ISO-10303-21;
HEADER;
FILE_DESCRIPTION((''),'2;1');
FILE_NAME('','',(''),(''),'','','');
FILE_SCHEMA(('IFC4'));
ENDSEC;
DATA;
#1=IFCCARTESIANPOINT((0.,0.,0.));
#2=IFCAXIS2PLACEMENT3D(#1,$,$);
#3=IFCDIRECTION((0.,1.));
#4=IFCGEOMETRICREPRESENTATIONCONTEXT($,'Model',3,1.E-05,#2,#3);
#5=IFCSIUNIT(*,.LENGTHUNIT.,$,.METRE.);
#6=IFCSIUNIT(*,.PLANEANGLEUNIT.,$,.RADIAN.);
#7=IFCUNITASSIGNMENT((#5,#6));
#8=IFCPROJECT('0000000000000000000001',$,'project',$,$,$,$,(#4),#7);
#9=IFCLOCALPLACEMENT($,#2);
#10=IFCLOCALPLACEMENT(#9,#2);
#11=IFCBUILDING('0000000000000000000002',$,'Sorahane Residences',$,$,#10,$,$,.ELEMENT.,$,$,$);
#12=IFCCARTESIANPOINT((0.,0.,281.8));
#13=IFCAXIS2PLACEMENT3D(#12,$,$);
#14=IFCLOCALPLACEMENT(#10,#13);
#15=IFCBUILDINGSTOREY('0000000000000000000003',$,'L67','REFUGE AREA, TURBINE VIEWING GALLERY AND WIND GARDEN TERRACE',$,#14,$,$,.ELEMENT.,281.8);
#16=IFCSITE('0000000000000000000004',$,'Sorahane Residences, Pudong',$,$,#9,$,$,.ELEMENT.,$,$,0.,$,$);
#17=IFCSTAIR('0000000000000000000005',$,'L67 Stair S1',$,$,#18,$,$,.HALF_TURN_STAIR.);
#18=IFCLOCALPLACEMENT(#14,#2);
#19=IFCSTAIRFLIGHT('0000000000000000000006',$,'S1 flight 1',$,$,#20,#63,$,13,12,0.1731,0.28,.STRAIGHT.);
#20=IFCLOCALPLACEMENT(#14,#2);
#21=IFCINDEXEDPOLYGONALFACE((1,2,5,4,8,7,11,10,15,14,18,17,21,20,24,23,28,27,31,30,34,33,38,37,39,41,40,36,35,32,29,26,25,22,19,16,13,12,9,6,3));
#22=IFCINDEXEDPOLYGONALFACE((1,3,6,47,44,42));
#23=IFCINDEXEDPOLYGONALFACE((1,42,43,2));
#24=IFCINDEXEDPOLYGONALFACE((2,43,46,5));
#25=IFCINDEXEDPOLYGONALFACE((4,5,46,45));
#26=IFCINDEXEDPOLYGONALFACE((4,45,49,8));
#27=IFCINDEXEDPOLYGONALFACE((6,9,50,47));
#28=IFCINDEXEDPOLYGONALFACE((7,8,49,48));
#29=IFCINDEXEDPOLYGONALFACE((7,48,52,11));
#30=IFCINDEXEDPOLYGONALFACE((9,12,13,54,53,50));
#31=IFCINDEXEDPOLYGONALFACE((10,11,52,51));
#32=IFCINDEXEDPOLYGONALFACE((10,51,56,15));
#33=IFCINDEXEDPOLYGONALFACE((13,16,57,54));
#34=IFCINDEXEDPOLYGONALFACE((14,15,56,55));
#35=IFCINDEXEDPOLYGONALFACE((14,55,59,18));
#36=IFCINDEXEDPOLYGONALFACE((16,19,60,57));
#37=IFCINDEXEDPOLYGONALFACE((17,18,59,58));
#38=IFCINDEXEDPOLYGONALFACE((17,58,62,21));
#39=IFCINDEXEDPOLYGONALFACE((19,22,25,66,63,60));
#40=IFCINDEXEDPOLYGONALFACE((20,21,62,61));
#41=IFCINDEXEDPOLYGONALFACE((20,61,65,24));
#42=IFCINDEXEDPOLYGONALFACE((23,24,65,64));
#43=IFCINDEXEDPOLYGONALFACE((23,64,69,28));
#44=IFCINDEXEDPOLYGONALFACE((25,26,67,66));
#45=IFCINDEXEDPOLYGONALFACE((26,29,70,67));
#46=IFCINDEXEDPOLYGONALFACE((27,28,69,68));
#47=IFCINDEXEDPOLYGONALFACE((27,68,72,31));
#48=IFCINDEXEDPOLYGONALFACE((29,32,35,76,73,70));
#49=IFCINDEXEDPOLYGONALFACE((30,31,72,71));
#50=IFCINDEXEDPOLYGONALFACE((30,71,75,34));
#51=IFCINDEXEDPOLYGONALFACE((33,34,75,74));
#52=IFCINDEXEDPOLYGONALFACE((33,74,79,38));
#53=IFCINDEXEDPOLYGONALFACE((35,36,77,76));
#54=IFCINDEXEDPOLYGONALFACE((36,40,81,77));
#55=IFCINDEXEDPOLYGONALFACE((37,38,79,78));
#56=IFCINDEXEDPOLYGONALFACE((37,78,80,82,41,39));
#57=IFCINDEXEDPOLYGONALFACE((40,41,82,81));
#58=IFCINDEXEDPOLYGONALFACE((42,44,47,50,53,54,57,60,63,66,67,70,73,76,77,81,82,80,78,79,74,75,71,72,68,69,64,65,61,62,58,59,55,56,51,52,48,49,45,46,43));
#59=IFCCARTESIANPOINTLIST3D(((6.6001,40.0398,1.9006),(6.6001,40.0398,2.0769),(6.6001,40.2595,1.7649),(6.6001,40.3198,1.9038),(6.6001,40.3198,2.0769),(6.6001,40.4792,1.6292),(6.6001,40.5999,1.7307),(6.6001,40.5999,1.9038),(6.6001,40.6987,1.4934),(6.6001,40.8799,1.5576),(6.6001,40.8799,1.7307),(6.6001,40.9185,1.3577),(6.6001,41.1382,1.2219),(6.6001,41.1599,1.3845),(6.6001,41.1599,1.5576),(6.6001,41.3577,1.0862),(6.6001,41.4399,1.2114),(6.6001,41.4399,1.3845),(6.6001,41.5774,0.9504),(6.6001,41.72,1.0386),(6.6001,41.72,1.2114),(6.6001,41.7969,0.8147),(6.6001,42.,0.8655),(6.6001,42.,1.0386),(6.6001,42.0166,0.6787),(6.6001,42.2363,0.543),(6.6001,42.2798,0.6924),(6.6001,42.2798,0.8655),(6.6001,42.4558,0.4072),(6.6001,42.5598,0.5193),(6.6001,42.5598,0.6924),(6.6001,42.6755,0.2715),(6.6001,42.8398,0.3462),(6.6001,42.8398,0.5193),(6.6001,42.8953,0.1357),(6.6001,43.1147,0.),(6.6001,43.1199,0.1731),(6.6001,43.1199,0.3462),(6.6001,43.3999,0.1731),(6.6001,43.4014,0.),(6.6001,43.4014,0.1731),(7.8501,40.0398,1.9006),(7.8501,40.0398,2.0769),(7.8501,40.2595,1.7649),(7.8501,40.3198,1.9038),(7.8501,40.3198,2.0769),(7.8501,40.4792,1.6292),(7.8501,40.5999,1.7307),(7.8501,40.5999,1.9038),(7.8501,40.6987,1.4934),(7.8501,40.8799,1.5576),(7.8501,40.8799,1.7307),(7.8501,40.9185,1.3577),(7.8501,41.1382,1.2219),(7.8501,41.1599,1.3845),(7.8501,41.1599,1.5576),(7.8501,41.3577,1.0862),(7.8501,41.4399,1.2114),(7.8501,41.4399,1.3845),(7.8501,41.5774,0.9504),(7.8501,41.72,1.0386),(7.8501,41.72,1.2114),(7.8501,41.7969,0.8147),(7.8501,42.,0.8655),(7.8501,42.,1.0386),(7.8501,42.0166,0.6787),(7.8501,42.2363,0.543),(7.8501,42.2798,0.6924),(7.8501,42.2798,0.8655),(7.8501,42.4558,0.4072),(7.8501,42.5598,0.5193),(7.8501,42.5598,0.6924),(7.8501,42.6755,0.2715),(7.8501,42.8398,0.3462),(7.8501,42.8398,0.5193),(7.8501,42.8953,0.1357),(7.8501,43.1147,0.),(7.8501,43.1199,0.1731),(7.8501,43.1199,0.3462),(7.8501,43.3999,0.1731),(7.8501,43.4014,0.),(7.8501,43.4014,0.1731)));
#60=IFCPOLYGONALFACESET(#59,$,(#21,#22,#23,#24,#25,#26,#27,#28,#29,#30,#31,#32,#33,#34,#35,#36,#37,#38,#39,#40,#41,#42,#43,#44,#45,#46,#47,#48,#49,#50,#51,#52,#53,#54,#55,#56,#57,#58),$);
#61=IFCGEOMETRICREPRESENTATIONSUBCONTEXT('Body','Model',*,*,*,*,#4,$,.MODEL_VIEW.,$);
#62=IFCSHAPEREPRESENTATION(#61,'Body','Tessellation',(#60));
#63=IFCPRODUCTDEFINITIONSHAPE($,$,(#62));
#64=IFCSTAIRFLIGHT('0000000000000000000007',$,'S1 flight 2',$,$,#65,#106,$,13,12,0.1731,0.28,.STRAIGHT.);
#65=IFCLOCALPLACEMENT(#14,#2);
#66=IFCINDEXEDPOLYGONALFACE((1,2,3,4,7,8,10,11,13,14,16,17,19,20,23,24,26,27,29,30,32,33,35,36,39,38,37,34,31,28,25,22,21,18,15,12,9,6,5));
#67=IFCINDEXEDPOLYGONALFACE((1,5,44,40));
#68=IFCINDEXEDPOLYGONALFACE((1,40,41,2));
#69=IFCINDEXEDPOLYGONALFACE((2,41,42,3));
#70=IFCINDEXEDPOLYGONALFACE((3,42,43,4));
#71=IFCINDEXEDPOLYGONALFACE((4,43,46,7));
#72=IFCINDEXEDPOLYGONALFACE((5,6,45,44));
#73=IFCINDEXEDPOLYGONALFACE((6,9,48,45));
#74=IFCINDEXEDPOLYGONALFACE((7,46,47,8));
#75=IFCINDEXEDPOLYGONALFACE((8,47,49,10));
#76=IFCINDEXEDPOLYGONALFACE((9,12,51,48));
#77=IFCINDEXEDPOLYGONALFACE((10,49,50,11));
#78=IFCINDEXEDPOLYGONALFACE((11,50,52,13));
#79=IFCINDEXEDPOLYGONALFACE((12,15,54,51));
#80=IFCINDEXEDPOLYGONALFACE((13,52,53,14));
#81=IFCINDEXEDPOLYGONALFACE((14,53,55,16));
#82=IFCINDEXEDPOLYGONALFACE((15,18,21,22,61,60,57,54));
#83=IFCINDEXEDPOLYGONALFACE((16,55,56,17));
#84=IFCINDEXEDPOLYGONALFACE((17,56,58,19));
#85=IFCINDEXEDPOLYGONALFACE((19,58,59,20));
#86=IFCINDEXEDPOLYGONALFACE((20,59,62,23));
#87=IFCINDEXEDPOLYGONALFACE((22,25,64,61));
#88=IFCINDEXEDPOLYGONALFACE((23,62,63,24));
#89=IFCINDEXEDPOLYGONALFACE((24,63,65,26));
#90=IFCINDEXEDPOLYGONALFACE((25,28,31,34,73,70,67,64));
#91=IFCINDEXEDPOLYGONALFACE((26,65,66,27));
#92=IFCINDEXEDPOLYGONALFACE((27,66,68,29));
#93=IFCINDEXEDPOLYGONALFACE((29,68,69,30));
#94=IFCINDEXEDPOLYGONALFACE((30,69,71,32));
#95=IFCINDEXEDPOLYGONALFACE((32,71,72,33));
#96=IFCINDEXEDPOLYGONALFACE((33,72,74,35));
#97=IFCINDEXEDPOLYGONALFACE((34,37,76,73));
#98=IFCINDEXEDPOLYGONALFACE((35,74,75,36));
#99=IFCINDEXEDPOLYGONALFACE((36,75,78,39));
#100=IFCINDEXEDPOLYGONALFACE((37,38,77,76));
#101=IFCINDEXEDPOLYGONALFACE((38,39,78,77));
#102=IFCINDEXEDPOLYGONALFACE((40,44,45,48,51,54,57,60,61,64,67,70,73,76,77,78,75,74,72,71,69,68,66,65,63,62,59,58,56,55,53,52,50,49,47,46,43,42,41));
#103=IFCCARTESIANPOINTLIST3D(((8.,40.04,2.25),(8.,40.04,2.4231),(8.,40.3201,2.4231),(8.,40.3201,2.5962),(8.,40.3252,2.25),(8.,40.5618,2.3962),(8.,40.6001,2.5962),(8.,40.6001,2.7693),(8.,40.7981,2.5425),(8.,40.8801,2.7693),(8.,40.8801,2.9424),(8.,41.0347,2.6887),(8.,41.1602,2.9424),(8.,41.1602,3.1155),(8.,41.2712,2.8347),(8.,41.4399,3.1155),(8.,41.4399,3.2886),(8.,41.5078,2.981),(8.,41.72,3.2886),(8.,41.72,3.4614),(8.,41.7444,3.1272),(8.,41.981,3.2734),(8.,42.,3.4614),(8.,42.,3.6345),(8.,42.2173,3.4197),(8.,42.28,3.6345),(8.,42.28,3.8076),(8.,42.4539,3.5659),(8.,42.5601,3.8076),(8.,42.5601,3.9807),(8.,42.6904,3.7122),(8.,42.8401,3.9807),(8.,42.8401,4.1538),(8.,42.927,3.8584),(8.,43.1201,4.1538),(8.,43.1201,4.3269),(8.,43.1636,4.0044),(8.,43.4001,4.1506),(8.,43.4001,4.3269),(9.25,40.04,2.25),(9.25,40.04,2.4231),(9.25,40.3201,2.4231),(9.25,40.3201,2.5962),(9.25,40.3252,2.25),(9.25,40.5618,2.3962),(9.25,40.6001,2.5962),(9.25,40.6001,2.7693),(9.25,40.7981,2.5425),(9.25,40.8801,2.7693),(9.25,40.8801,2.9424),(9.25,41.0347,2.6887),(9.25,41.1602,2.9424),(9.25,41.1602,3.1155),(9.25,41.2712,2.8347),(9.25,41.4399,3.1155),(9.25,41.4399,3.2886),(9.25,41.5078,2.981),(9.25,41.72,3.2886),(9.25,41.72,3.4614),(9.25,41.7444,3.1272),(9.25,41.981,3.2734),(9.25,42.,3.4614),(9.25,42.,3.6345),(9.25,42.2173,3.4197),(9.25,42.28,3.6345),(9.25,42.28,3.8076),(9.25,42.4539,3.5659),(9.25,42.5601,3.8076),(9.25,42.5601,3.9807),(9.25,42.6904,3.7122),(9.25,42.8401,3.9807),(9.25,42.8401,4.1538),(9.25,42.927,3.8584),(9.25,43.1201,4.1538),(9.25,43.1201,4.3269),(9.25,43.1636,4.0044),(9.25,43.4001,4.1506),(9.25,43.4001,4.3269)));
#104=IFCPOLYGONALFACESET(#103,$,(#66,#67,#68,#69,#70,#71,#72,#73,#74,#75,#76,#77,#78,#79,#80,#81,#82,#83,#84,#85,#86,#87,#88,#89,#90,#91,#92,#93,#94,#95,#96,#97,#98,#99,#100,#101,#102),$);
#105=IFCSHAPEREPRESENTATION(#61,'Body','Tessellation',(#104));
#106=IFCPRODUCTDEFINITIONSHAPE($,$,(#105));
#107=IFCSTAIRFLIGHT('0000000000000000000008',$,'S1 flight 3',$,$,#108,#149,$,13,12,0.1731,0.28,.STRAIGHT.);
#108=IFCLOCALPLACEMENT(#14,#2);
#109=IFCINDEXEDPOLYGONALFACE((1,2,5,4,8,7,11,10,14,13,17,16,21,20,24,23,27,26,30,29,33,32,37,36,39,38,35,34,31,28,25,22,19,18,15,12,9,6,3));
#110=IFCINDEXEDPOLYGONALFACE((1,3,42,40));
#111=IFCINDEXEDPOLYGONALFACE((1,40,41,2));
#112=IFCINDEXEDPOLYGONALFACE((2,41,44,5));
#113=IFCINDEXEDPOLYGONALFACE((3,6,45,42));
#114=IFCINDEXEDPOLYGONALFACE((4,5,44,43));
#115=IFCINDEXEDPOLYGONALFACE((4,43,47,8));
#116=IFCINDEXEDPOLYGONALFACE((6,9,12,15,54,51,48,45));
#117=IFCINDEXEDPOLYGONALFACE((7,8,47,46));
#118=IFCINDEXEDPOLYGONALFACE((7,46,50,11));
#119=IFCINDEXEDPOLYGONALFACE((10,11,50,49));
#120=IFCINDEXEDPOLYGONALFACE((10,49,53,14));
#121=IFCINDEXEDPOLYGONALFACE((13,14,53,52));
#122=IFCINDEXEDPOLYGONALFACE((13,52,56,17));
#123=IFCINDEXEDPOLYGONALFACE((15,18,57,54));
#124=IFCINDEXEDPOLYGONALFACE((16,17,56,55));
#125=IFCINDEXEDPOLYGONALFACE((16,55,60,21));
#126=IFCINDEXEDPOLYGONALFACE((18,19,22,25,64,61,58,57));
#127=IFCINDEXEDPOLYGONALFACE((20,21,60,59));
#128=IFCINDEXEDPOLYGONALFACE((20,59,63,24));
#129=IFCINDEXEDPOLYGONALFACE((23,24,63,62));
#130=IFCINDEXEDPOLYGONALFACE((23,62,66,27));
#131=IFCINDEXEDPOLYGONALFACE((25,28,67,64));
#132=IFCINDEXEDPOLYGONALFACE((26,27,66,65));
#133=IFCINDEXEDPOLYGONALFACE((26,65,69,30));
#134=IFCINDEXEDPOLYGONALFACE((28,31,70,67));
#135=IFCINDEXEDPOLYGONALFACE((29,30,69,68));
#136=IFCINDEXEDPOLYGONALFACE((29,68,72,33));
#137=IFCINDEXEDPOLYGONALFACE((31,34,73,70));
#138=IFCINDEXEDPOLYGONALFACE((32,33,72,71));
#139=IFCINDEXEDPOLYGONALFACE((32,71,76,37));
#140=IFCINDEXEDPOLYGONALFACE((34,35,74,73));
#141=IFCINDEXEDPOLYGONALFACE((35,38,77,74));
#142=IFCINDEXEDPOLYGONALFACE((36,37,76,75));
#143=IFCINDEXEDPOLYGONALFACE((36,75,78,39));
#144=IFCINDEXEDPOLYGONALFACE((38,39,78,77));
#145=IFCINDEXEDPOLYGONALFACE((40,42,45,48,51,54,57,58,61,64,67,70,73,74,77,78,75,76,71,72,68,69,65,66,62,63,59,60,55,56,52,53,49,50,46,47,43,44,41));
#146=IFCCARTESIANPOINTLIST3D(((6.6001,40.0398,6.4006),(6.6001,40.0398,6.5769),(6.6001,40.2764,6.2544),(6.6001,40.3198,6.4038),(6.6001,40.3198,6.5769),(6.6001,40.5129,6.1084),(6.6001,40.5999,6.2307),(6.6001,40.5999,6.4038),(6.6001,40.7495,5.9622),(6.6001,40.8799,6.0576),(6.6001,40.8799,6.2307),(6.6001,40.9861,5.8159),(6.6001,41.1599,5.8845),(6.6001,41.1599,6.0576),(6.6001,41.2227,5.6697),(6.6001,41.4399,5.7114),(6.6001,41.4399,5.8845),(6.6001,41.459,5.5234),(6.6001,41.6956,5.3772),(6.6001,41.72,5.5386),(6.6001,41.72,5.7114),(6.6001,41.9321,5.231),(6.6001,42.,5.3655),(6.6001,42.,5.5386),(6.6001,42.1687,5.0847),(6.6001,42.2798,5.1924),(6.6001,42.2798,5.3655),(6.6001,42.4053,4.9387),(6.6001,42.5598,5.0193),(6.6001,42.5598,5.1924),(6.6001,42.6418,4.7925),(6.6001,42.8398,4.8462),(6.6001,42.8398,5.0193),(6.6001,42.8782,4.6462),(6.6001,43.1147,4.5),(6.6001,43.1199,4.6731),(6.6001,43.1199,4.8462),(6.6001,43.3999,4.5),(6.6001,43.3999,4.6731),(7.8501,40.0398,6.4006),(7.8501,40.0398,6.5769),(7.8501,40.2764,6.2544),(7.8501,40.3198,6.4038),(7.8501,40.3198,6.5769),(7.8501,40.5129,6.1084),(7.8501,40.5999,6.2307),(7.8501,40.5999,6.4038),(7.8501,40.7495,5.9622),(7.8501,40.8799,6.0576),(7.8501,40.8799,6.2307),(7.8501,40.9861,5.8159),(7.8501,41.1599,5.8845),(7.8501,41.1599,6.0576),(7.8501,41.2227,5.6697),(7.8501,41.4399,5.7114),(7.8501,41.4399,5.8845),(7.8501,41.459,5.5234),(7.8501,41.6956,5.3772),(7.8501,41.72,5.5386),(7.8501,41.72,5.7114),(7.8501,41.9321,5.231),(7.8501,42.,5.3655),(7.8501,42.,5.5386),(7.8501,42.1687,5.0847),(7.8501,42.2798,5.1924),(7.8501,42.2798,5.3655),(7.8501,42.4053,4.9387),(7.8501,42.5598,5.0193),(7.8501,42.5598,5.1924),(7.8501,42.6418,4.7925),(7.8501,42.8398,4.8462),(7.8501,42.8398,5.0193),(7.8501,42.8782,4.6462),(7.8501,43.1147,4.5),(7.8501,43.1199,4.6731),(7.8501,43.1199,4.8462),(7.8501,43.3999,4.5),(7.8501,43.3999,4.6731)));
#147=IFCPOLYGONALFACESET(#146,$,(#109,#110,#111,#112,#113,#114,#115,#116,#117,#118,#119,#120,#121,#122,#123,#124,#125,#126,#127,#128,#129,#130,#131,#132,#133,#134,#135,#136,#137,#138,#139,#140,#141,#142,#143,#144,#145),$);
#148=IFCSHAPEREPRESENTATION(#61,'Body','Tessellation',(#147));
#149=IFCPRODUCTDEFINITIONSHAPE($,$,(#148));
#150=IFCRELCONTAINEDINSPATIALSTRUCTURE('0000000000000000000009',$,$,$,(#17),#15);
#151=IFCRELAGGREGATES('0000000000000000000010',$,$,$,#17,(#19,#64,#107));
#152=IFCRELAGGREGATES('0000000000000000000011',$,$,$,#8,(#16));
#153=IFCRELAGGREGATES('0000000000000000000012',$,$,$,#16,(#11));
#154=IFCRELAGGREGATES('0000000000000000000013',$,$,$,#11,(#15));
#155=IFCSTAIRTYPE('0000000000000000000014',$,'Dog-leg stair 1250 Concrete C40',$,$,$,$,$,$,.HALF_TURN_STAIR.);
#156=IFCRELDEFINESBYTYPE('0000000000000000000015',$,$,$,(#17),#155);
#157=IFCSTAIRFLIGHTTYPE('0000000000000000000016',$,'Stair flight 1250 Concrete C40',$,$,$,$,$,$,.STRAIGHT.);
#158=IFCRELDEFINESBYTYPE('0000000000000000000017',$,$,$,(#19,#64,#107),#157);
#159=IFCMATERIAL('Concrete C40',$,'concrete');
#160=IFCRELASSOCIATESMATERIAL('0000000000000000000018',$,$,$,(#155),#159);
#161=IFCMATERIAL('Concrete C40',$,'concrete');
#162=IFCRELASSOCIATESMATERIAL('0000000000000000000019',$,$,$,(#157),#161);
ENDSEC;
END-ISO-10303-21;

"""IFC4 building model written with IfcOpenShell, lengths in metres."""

from ifc_helpers import new_model, si_unit, direction, frame, origin, place, context, subcontext, project, spatial, polyline, outline, extrude, material, type_object, element, aggregate, save


model = new_model("IFC4")

# Units and contexts
model_context = context("Model", 3, precision=1e-05, world=origin(), true_north=direction((0.0, 1.0)))
body_context = subcontext(model_context, "Body", "Model", "MODEL_VIEW")
ifc_project = project(units=[si_unit("LENGTHUNIT", "METRE"), si_unit("PLANEANGLEUNIT", "RADIAN")], contexts=[model_context])

# Site, building, storey
site_placement = place(None, origin())
site = spatial("IfcSite", under=ifc_project, at=site_placement, Name="Sorahane Residences, Pudong", CompositionType="ELEMENT", RefElevation=0.0)
building_placement = place(site_placement, origin())
building = spatial("IfcBuilding", under=site, at=building_placement, Name="Sorahane Residences", CompositionType="ELEMENT")
storey_placement = place(building_placement, frame((0.0, 0.0, 281.8)))
storey = spatial("IfcBuildingStorey", under=building, at=storey_placement, Name="L67", Description="REFUGE AREA, TURBINE VIEWING GALLERY AND WIND GARDEN TERRACE", CompositionType="ELEMENT", Elevation=281.8)

# Stair, stair flights
ifc_material_1 = material(Name="Concrete C40", Category="concrete")
stair_type = type_object("IfcStairType", Name="Dog-leg stair 1250 Concrete C40", PredefinedType="HALF_TURN_STAIR", material=ifc_material_1)
stair_placement = place(storey_placement, origin())
stair = element("IfcStair", 1, at=stair_placement, inside=storey, type_object=stair_type, Name="L67 Stair S1", PredefinedType="HALF_TURN_STAIR")
ifc_material_2 = material(Name="Concrete C40", Category="concrete")
stair_flight_type = type_object("IfcStairFlightType", Name="Stair flight 1250 Concrete C40", PredefinedType="STRAIGHT", material=ifc_material_2)
stair_flight_1_placement = place(storey_placement, frame((7.2251, 43.3999, 0.0), z_axis=(0.0, 0.0, 1.0), x_axis=(0.0, -1.0, 0.0)))
stair_flight_1 = element("IfcStairFlight", 2, at=stair_flight_1_placement, type_object=stair_flight_type, Name="S1 flight 1", NumberOfRisers=13, NumberOfTreads=12, PredefinedType="STRAIGHT", RiserHeight=0.1731, TreadLength=0.28, context=body_context, shape_type="SweptSolid", body=[
    extrude(outline(polyline([(-0.0015, 0.0), (-0.0015, 0.1731), (0.0, 0.1731), (0.28, 0.1731), (0.28, 0.3462), (0.5601, 0.3462), (0.5601, 0.5193), (0.8401, 0.5193), (0.8401, 0.6924), (1.1201, 0.6924), (1.1201, 0.8655), (1.3999, 0.8655), (1.3999, 1.0386), (1.6799, 1.0386), (1.6799, 1.2114), (1.96, 1.2114), (1.96, 1.3845), (2.24, 1.3845), (2.24, 1.5576), (2.52, 1.5576), (2.52, 1.7307), (2.8, 1.7307), (2.8, 1.9038), (3.0801, 1.9038), (3.0801, 2.0769), (3.3601, 2.0769), (3.3601, 2.25), (3.3601, 1.9006), (3.1404, 1.7649), (2.9207, 1.6292), (2.7012, 1.4934), (2.4814, 1.3577), (2.2617, 1.2219), (2.0422, 1.0862), (1.8225, 0.9504), (1.603, 0.8147), (1.3833, 0.6787), (1.1636, 0.543), (0.9441, 0.4072), (0.7244, 0.2715), (0.5046, 0.1357), (0.2852, 0.0), (-0.0015, 0.0)])), frame((0.0, 0.625, 0.0), z_axis=(0.0, -1.0, 0.0), x_axis=(1.0, 0.0, 0.0)), (0.0, 0.0, 1.0), 1.25),
])
stair_flight_2_placement = place(storey_placement, frame((8.625, 40.04, 2.25), z_axis=(0.0, 0.0, 1.0), x_axis=(0.0, 1.0, 0.0)))
stair_flight_2 = element("IfcStairFlight", 3, at=stair_flight_2_placement, type_object=stair_flight_type, Name="S1 flight 2", NumberOfRisers=13, NumberOfTreads=12, PredefinedType="STRAIGHT", RiserHeight=0.1731, TreadLength=0.28, context=body_context, shape_type="SweptSolid", body=[
    extrude(outline(polyline([(0.0, 0.0), (0.0, 0.1731), (0.28, 0.1731), (0.28, 0.3462), (0.5601, 0.3462), (0.5601, 0.5193), (0.8401, 0.5193), (0.8401, 0.6924), (1.1201, 0.6924), (1.1201, 0.8655), (1.3999, 0.8655), (1.3999, 1.0386), (1.6799, 1.0386), (1.6799, 1.2114), (1.96, 1.2114), (1.96, 1.3845), (2.24, 1.3845), (2.24, 1.5576), (2.52, 1.5576), (2.52, 1.7307), (2.8, 1.7307), (2.8, 1.9038), (3.0801, 1.9038), (3.0801, 2.0769), (3.3601, 2.0769), (3.3601, 2.25), (3.3601, 1.9006), (3.1235, 1.7544), (2.887, 1.6084), (2.6504, 1.4622), (2.4138, 1.3159), (2.1772, 1.1697), (1.9409, 1.0234), (1.7043, 0.8772), (1.4678, 0.731), (1.2312, 0.5847), (0.9946, 0.4387), (0.7581, 0.2925), (0.5217, 0.1462), (0.2852, 0.0), (0.0, 0.0)])), frame((0.0, 0.625, 0.0), z_axis=(0.0, -1.0, 0.0), x_axis=(1.0, 0.0, 0.0)), (0.0, 0.0, 1.0), 1.25),
])
stair_flight_3_placement = place(storey_placement, frame((7.2251, 43.3999, 4.5), z_axis=(0.0, 0.0, 1.0), x_axis=(0.0, -1.0, 0.0)))
stair_flight_3 = element("IfcStairFlight", 4, at=stair_flight_3_placement, type_object=stair_flight_type, Name="S1 flight 3", NumberOfRisers=13, NumberOfTreads=12, PredefinedType="STRAIGHT", RiserHeight=0.1731, TreadLength=0.28, context=body_context, shape_type="SweptSolid", body=[
    extrude(outline(polyline([(0.0, 0.0), (0.0, 0.1731), (0.28, 0.1731), (0.28, 0.3462), (0.5601, 0.3462), (0.5601, 0.5193), (0.8401, 0.5193), (0.8401, 0.6924), (1.1201, 0.6924), (1.1201, 0.8655), (1.3999, 0.8655), (1.3999, 1.0386), (1.6799, 1.0386), (1.6799, 1.2114), (1.96, 1.2114), (1.96, 1.3845), (2.24, 1.3845), (2.24, 1.5576), (2.52, 1.5576), (2.52, 1.7307), (2.8, 1.7307), (2.8, 1.9038), (3.0801, 1.9038), (3.0801, 2.0769), (3.3601, 2.0769), (3.3601, 2.25), (3.3601, 1.9006), (3.1235, 1.7544), (2.887, 1.6084), (2.6504, 1.4622), (2.4138, 1.3159), (2.1772, 1.1697), (1.9409, 1.0234), (1.7043, 0.8772), (1.4678, 0.731), (1.2312, 0.5847), (0.9946, 0.4387), (0.7581, 0.2925), (0.5217, 0.1462), (0.2852, 0.0), (0.0, 0.0)])), frame((0.0, 0.625, 0.0), z_axis=(0.0, -1.0, 0.0), x_axis=(1.0, 0.0, 0.0)), (0.0, 0.0, 1.0), 1.25),
])
aggregate(stair, [stair_flight_1, stair_flight_2, stair_flight_3])

save(model, "model.ifc")
